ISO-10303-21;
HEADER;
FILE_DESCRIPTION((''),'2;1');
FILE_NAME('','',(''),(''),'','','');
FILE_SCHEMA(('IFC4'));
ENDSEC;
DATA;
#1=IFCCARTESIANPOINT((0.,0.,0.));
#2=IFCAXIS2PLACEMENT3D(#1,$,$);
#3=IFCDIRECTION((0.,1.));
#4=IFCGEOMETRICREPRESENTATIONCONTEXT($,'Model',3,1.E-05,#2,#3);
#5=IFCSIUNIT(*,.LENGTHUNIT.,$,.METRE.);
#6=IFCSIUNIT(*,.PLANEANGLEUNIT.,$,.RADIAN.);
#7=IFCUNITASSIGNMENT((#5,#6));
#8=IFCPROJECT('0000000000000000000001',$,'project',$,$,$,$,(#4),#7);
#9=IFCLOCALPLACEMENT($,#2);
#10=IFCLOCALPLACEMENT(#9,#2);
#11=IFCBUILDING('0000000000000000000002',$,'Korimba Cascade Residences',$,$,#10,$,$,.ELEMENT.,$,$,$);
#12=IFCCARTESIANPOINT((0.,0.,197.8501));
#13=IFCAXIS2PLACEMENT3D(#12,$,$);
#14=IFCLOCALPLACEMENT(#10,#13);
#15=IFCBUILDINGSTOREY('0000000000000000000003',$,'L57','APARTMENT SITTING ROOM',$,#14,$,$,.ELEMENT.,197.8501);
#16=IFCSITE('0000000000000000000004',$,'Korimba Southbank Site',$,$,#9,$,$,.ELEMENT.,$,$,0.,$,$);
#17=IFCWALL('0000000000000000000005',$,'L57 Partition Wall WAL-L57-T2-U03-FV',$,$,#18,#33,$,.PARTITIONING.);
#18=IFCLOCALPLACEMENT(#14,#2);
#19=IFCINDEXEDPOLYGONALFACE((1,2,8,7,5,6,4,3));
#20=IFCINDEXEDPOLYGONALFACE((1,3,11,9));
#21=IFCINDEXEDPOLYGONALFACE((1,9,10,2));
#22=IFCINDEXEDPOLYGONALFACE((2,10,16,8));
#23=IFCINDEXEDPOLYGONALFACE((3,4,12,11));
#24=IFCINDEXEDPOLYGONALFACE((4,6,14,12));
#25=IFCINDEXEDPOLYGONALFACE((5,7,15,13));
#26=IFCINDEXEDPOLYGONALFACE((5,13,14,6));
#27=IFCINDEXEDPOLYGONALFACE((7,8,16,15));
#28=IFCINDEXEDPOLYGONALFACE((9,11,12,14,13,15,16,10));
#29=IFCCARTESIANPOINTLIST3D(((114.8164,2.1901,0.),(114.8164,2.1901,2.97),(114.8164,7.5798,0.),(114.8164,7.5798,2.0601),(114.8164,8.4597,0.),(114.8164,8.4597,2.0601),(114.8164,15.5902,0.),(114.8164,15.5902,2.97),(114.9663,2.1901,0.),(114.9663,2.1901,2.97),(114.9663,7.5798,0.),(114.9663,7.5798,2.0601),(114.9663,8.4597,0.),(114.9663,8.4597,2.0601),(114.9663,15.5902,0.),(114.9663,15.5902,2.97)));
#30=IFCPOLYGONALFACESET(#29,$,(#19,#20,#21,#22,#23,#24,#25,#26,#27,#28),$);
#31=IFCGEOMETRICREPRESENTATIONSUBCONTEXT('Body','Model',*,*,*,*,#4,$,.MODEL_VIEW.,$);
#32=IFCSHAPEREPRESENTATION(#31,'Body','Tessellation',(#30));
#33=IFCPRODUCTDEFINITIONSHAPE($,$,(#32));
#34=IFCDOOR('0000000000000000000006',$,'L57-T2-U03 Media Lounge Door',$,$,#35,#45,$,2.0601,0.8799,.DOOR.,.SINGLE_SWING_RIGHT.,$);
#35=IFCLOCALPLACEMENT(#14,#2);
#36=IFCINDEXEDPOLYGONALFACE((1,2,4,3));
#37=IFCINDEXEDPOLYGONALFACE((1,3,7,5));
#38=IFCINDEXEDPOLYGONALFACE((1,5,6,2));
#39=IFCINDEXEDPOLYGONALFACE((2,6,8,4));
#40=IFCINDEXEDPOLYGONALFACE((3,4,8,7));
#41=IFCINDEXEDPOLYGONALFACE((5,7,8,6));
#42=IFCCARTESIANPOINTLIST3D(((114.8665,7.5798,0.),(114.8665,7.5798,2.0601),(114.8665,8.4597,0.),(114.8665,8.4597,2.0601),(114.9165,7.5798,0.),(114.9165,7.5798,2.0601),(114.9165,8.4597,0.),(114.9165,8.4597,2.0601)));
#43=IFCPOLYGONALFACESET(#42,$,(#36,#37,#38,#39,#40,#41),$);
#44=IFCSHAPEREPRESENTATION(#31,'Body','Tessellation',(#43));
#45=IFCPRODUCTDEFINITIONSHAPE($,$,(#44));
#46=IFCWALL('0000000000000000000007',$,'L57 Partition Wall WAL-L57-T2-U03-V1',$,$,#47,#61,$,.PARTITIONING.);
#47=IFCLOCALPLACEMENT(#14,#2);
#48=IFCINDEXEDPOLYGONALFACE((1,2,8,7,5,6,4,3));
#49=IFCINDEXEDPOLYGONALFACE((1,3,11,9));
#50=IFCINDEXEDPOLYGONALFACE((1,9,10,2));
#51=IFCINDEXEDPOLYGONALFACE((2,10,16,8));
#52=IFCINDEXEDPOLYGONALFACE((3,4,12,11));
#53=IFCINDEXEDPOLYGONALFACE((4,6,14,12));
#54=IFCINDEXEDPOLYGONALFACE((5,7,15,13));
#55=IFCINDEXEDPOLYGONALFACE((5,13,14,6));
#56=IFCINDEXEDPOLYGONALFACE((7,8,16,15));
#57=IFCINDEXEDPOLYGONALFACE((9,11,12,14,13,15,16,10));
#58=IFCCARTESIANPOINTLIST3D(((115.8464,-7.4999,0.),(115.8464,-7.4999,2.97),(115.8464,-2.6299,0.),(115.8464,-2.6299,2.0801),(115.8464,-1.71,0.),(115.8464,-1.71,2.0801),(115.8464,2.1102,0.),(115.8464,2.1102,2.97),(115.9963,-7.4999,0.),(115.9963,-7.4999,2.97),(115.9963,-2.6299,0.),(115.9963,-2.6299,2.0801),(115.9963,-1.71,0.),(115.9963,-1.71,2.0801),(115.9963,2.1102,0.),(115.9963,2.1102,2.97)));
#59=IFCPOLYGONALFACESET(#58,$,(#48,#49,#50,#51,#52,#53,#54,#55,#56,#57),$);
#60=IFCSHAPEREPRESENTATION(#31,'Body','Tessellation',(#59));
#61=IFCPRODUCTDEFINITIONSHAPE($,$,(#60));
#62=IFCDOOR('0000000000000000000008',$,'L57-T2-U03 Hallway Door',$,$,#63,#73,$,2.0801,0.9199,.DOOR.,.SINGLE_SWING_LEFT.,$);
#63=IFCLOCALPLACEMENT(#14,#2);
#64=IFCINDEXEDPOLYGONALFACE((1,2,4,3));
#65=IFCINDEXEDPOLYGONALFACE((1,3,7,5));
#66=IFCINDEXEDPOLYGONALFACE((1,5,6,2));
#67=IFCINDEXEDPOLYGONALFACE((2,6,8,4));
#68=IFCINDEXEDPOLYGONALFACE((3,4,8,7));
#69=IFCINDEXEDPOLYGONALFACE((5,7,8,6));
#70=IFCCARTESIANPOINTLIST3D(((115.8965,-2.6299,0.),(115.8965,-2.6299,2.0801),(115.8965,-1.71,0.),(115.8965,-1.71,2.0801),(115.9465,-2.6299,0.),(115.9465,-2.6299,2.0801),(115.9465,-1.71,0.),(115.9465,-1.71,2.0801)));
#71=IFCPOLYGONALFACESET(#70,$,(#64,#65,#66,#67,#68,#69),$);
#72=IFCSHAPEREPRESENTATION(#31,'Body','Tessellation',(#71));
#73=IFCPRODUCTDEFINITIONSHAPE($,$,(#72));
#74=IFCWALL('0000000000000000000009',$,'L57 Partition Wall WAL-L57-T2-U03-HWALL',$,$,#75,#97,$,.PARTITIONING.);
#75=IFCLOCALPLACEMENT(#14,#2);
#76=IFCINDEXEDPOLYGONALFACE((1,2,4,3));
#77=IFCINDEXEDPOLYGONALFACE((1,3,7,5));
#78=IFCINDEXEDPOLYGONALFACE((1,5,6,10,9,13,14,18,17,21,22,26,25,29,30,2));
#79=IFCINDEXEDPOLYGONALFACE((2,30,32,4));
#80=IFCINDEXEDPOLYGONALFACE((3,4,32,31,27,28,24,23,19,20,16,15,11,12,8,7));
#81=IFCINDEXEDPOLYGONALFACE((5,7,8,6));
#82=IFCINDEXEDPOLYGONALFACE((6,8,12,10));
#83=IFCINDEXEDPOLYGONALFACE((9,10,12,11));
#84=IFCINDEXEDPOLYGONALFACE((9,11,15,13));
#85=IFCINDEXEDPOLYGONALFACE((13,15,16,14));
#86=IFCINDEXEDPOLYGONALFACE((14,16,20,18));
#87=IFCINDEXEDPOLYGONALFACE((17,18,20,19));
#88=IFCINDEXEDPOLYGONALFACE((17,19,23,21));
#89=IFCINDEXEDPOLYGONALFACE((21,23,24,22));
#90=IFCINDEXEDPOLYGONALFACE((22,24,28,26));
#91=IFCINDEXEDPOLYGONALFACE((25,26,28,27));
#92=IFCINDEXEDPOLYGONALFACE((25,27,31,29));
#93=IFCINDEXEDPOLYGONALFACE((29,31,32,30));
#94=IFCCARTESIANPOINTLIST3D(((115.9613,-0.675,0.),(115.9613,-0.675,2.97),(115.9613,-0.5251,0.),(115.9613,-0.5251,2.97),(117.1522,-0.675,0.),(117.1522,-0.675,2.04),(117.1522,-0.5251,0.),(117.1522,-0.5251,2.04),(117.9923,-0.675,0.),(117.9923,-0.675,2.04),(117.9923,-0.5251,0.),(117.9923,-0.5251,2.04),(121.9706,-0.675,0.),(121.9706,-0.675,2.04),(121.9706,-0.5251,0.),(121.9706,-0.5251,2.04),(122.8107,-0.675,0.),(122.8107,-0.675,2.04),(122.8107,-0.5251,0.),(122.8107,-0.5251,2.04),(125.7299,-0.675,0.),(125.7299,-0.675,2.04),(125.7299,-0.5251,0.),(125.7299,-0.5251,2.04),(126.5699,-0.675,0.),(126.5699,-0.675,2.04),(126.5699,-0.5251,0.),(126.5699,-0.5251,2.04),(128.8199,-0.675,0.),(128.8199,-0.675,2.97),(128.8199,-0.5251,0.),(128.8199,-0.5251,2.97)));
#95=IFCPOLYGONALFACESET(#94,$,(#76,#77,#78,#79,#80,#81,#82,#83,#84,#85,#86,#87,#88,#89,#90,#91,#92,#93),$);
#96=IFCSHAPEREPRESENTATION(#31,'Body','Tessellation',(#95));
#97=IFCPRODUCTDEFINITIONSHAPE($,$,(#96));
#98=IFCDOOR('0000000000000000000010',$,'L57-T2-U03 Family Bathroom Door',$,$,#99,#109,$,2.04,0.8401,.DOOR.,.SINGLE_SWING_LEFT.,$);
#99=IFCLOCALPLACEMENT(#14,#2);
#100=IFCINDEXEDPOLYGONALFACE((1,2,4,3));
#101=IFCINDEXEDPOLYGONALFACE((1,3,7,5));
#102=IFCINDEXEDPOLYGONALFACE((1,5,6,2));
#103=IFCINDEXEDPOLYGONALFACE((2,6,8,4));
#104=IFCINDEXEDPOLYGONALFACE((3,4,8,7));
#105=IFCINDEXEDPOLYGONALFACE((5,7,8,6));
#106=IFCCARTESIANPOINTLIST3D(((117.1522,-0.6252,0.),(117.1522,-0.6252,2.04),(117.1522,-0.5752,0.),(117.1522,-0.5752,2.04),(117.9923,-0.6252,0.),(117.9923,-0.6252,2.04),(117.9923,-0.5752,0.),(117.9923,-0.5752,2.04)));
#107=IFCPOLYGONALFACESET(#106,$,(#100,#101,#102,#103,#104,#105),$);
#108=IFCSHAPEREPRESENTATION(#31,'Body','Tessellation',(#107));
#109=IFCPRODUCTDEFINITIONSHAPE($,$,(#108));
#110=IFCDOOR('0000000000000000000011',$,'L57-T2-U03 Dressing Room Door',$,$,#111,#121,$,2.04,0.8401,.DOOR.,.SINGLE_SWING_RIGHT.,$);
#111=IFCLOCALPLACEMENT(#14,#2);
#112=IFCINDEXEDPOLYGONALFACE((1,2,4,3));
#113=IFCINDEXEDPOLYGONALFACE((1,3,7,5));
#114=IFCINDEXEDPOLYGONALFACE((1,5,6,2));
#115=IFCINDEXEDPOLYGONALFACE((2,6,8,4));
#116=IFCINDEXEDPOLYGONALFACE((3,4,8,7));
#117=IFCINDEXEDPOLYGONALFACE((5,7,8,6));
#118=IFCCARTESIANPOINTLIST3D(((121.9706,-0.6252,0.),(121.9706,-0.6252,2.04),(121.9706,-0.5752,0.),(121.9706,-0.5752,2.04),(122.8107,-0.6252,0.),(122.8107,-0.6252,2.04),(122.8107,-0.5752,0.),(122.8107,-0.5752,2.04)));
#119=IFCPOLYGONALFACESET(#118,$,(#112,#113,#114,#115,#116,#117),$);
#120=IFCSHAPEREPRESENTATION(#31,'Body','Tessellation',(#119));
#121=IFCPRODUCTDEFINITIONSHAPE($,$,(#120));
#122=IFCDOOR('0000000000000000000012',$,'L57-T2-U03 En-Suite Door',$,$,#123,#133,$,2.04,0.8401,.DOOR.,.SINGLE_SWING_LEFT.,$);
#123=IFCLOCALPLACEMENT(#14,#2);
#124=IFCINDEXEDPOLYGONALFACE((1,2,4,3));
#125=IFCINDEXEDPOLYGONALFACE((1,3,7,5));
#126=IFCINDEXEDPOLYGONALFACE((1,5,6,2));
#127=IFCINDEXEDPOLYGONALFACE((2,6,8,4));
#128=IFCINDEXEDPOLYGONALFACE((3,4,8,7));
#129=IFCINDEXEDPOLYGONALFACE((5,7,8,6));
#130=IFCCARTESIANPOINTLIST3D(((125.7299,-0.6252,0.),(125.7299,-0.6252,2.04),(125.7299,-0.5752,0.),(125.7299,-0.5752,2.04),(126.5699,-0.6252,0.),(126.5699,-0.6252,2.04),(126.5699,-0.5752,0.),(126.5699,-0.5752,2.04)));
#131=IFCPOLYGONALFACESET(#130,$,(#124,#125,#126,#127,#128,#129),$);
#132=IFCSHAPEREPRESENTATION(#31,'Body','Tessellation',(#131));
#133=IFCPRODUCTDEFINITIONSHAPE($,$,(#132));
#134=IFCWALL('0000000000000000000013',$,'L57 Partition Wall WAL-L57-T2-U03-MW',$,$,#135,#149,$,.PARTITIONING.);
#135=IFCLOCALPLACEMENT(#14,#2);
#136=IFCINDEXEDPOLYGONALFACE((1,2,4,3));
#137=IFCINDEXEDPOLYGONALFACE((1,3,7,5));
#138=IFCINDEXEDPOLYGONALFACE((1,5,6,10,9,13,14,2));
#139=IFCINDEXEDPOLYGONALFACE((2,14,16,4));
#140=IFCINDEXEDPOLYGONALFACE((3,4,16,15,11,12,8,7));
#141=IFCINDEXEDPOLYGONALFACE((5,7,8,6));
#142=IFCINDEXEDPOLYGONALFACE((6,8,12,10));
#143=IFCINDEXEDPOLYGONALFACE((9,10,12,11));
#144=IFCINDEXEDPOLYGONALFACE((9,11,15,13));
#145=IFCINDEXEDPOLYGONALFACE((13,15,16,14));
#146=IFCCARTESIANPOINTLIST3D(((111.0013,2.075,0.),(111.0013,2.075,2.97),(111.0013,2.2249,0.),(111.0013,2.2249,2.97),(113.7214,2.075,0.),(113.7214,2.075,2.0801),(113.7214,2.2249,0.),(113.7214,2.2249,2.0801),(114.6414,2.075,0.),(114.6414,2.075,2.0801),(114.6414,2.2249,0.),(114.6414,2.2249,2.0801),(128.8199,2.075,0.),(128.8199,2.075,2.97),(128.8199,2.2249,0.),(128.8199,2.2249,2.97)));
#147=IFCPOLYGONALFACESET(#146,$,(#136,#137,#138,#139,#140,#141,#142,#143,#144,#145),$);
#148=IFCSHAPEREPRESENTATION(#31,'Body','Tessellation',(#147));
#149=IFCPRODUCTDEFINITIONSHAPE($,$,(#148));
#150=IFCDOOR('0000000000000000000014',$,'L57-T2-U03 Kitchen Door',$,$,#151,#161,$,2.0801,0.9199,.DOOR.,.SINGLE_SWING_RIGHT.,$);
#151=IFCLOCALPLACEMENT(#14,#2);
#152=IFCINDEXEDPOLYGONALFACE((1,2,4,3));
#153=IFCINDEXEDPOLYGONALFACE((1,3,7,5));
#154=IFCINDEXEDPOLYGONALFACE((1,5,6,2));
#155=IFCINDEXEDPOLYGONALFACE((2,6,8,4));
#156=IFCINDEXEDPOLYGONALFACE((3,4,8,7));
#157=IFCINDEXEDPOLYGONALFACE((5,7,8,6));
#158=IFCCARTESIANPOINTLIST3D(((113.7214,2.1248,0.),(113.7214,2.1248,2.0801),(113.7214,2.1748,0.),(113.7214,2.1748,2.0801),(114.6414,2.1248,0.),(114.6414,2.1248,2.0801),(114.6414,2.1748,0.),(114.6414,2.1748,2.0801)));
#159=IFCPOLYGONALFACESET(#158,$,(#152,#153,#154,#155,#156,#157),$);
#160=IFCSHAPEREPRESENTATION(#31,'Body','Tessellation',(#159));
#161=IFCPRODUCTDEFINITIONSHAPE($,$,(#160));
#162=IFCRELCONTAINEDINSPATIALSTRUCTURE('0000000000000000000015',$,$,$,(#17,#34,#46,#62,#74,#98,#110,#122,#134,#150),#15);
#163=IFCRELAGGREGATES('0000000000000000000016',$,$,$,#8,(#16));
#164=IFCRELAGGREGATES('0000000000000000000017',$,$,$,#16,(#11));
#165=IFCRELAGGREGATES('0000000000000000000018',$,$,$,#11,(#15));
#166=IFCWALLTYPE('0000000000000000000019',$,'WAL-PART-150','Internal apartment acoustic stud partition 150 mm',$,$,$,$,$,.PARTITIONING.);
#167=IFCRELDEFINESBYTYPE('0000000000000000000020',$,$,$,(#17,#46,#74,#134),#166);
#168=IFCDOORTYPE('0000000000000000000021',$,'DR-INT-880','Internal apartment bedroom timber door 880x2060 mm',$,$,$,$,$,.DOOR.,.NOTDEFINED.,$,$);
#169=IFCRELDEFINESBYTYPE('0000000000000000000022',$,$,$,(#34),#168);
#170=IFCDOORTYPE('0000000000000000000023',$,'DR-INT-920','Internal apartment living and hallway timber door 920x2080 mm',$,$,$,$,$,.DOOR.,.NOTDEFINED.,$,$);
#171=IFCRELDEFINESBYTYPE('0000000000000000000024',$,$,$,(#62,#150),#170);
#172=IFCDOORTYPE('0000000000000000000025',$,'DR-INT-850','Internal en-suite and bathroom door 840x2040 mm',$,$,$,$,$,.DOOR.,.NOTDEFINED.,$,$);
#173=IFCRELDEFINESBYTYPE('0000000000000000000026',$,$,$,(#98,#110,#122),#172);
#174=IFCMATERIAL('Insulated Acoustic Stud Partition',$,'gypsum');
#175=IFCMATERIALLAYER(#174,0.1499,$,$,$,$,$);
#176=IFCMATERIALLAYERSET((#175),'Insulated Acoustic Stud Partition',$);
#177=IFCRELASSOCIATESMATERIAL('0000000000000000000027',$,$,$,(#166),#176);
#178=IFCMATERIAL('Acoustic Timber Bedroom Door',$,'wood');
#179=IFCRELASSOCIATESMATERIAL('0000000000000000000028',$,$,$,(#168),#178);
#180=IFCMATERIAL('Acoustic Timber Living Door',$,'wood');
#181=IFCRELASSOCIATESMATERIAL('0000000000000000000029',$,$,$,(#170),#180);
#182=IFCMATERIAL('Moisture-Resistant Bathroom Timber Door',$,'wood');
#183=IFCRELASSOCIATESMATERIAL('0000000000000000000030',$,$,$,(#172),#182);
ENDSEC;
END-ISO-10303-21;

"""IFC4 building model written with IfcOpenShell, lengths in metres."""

from ifc_helpers import new_model, si_unit, direction, frame, frame_2d, origin, place, context, subcontext, project, spatial, rectangle, extrude, material, layer, layer_set, type_object, element, fill, save


model = new_model("IFC4")

# Units and contexts
model_context = context("Model", 3, precision=1e-05, world=origin(), true_north=direction((0.0, 1.0)))
body_context = subcontext(model_context, "Body", "Model", "MODEL_VIEW")
ifc_project = project(units=[si_unit("LENGTHUNIT", "METRE"), si_unit("PLANEANGLEUNIT", "RADIAN")], contexts=[model_context])

# Site, building, storey
site_placement = place(None, origin())
site = spatial("IfcSite", under=ifc_project, at=site_placement, Name="Korimba Southbank Site", CompositionType="ELEMENT", RefElevation=0.0)
building_placement = place(site_placement, origin())
building = spatial("IfcBuilding", under=site, at=building_placement, Name="Korimba Cascade Residences", CompositionType="ELEMENT")
storey_placement = place(building_placement, frame((0.0, 0.0, 197.8501)))
storey = spatial("IfcBuildingStorey", under=building, at=storey_placement, Name="L57", Description="APARTMENT SITTING ROOM", CompositionType="ELEMENT", Elevation=197.8501)

# Walls, openings, doors
ifc_material_1 = material(Name="Insulated Acoustic Stud Partition", Category="gypsum")
ifc_layer_1 = layer(ifc_material_1, 0.1499)
ifc_layer_set_1 = layer_set([ifc_layer_1], Name="Insulated Acoustic Stud Partition")
wall_type_1 = type_object("IfcWallType", Name="WAL-PART-150", Description="Internal apartment acoustic stud partition 150 mm", PredefinedType="PARTITIONING", material=ifc_layer_set_1)
wall_1_placement = place(storey_placement, frame((114.8914, 2.1899, 0.0), z_axis=(0.0, 0.0, 1.0), x_axis=(0.0, 1.0, 0.0)))
wall_1 = element("IfcWall", 1, at=wall_1_placement, inside=storey, type_object=wall_type_1, Name="L57 Partition Wall WAL-L57-T2-U03-FV", PredefinedType="PARTITIONING", context=body_context, shape_type="SweptSolid", body=[
    extrude(rectangle(XDim=13.4001, YDim=0.1499, at=frame_2d((6.7002, 0.0))), origin(), (0.0, 0.0, 1.0), 2.97),
])
opening_1_placement = place(wall_1_placement, frame((5.3899, 0.0, 0.0)))
opening_1 = element("IfcOpeningElement", 2, at=opening_1_placement, cuts=wall_1, PredefinedType="OPENING", context=body_context, shape_type="SweptSolid", body=[
    extrude(rectangle(XDim=0.8799, YDim=2.0601, at=frame_2d((0.4399, 1.03))), frame((0.0, 0.085, 0.0), z_axis=(0.0, -1.0, 0.0), x_axis=(1.0, 0.0, 0.0)), (0.0, 0.0, 1.0), 0.1699),
])
ifc_material_2 = material(Name="Acoustic Timber Bedroom Door", Category="wood")
door_type_1 = type_object("IfcDoorType", Name="DR-INT-880", Description="Internal apartment bedroom timber door 880x2060 mm", OperationType="NOTDEFINED", PredefinedType="DOOR", material=ifc_material_2)
door_1_placement = place(opening_1_placement, origin())
door_1 = element("IfcDoor", 3, at=door_1_placement, inside=storey, type_object=door_type_1, Name="L57-T2-U03 Media Lounge Door", OperationType="SINGLE_SWING_RIGHT", OverallHeight=2.0601, OverallWidth=0.8799, PredefinedType="DOOR", context=body_context, shape_type="SweptSolid", body=[
    extrude(rectangle(XDim=0.8799, YDim=2.0601, at=frame_2d((0.4399, 1.03))), frame((0.0, 0.0249, 0.0), z_axis=(0.0, -1.0, 0.0), x_axis=(1.0, 0.0, 0.0)), (0.0, 0.0, 1.0), 0.05),
])
fill(opening_1, door_1)
wall_2_placement = place(storey_placement, frame((115.9214, -7.5, 0.0), z_axis=(0.0, 0.0, 1.0), x_axis=(0.0, 1.0, 0.0)))
wall_2 = element("IfcWall", 4, at=wall_2_placement, inside=storey, type_object=wall_type_1, Name="L57 Partition Wall WAL-L57-T2-U03-V1", PredefinedType="PARTITIONING", context=body_context, shape_type="SweptSolid", body=[
    extrude(rectangle(XDim=9.6101, YDim=0.1499, at=frame_2d((4.8052, 0.0))), origin(), (0.0, 0.0, 1.0), 2.97),
])
opening_2_placement = place(wall_2_placement, frame((4.8701, 0.0, 0.0)))
opening_2 = element("IfcOpeningElement", 5, at=opening_2_placement, cuts=wall_2, PredefinedType="OPENING", context=body_context, shape_type="SweptSolid", body=[
    extrude(rectangle(XDim=0.9199, YDim=2.0801, at=frame_2d((0.46, 1.04))), frame((0.0, 0.085, 0.0), z_axis=(0.0, -1.0, 0.0), x_axis=(1.0, 0.0, 0.0)), (0.0, 0.0, 1.0), 0.1699),
])
ifc_material_3 = material(Name="Acoustic Timber Living Door", Category="wood")
door_type_2 = type_object("IfcDoorType", Name="DR-INT-920", Description="Internal apartment living and hallway timber door 920x2080 mm", OperationType="NOTDEFINED", PredefinedType="DOOR", material=ifc_material_3)
door_2_placement = place(opening_2_placement, origin())
door_2 = element("IfcDoor", 6, at=door_2_placement, inside=storey, type_object=door_type_2, Name="L57-T2-U03 Hallway Door", OperationType="SINGLE_SWING_LEFT", OverallHeight=2.0801, OverallWidth=0.9199, PredefinedType="DOOR", context=body_context, shape_type="SweptSolid", body=[
    extrude(rectangle(XDim=0.9199, YDim=2.0801, at=frame_2d((0.46, 1.04))), frame((0.0, 0.0249, 0.0), z_axis=(0.0, -1.0, 0.0), x_axis=(1.0, 0.0, 0.0)), (0.0, 0.0, 1.0), 0.05),
])
fill(opening_2, door_2)

# Wall, openings, doors
wall_3_placement = place(storey_placement, frame((115.9614, -0.6001, 0.0), z_axis=(0.0, 0.0, 1.0), x_axis=(1.0, 0.0, 0.0)))
wall_3 = element("IfcWall", 7, at=wall_3_placement, inside=storey, type_object=wall_type_1, Name="L57 Partition Wall WAL-L57-T2-U03-HWALL", PredefinedType="PARTITIONING", context=body_context, shape_type="SweptSolid", body=[
    extrude(rectangle(XDim=12.8586, YDim=0.1499, at=frame_2d((6.4292, 0.0))), origin(), (0.0, 0.0, 1.0), 2.97),
])
opening_3_placement = place(wall_3_placement, frame((1.1909, 0.0, 0.0)))
opening_3 = element("IfcOpeningElement", 8, at=opening_3_placement, cuts=wall_3, PredefinedType="OPENING", context=body_context, shape_type="SweptSolid", body=[
    extrude(rectangle(XDim=0.8401, YDim=2.04, at=frame_2d((0.4199, 1.02))), frame((0.0, 0.085, 0.0), z_axis=(0.0, -1.0, 0.0), x_axis=(1.0, 0.0, 0.0)), (0.0, 0.0, 1.0), 0.1699),
])
opening_4_placement = place(wall_3_placement, frame((6.0093, 0.0, 0.0)))
opening_4 = element("IfcOpeningElement", 9, at=opening_4_placement, cuts=wall_3, PredefinedType="OPENING", context=body_context, shape_type="SweptSolid", body=[
    extrude(rectangle(XDim=0.8401, YDim=2.04, at=frame_2d((0.4199, 1.02))), frame((0.0, 0.085, 0.0), z_axis=(0.0, -1.0, 0.0), x_axis=(1.0, 0.0, 0.0)), (0.0, 0.0, 1.0), 0.1699),
])
opening_5_placement = place(wall_3_placement, frame((9.7686, 0.0, 0.0)))
opening_5 = element("IfcOpeningElement", 10, at=opening_5_placement, cuts=wall_3, PredefinedType="OPENING", context=body_context, shape_type="SweptSolid", body=[
    extrude(rectangle(XDim=0.8401, YDim=2.04, at=frame_2d((0.4199, 1.02))), frame((0.0, 0.085, 0.0), z_axis=(0.0, -1.0, 0.0), x_axis=(1.0, 0.0, 0.0)), (0.0, 0.0, 1.0), 0.1699),
])
ifc_material_4 = material(Name="Moisture-Resistant Bathroom Timber Door", Category="wood")
door_type_3 = type_object("IfcDoorType", Name="DR-INT-850", Description="Internal en-suite and bathroom door 840x2040 mm", OperationType="NOTDEFINED", PredefinedType="DOOR", material=ifc_material_4)
door_3_placement = place(opening_3_placement, origin())
door_3 = element("IfcDoor", 11, at=door_3_placement, inside=storey, type_object=door_type_3, Name="L57-T2-U03 Family Bathroom Door", OperationType="SINGLE_SWING_LEFT", OverallHeight=2.04, OverallWidth=0.8401, PredefinedType="DOOR", context=body_context, shape_type="SweptSolid", body=[
    extrude(rectangle(XDim=0.8401, YDim=2.04, at=frame_2d((0.4199, 1.02))), frame((0.0, 0.0249, 0.0), z_axis=(0.0, -1.0, 0.0), x_axis=(1.0, 0.0, 0.0)), (0.0, 0.0, 1.0), 0.05),
])
fill(opening_3, door_3)
door_4_placement = place(opening_4_placement, origin())
door_4 = element("IfcDoor", 12, at=door_4_placement, inside=storey, type_object=door_type_3, Name="L57-T2-U03 Dressing Room Door", OperationType="SINGLE_SWING_RIGHT", OverallHeight=2.04, OverallWidth=0.8401, PredefinedType="DOOR", context=body_context, shape_type="SweptSolid", body=[
    extrude(rectangle(XDim=0.8401, YDim=2.04, at=frame_2d((0.4199, 1.02))), frame((0.0, 0.0249, 0.0), z_axis=(0.0, -1.0, 0.0), x_axis=(1.0, 0.0, 0.0)), (0.0, 0.0, 1.0), 0.05),
])
fill(opening_4, door_4)
door_5_placement = place(opening_5_placement, origin())
door_5 = element("IfcDoor", 13, at=door_5_placement, inside=storey, type_object=door_type_3, Name="L57-T2-U03 En-Suite Door", OperationType="SINGLE_SWING_LEFT", OverallHeight=2.04, OverallWidth=0.8401, PredefinedType="DOOR", context=body_context, shape_type="SweptSolid", body=[
    extrude(rectangle(XDim=0.8401, YDim=2.04, at=frame_2d((0.4199, 1.02))), frame((0.0, 0.0249, 0.0), z_axis=(0.0, -1.0, 0.0), x_axis=(1.0, 0.0, 0.0)), (0.0, 0.0, 1.0), 0.05),
])
fill(opening_5, door_5)

# Wall, opening, door
wall_4_placement = place(storey_placement, frame((111.0015, 2.1499, 0.0), z_axis=(0.0, 0.0, 1.0), x_axis=(1.0, 0.0, 0.0)))
wall_4 = element("IfcWall", 14, at=wall_4_placement, inside=storey, type_object=wall_type_1, Name="L57 Partition Wall WAL-L57-T2-U03-MW", PredefinedType="PARTITIONING", context=body_context, shape_type="SweptSolid", body=[
    extrude(rectangle(XDim=17.8186, YDim=0.1499, at=frame_2d((8.9092, 0.0))), origin(), (0.0, 0.0, 1.0), 2.97),
])
opening_6_placement = place(wall_4_placement, frame((2.72, 0.0, 0.0)))
opening_6 = element("IfcOpeningElement", 15, at=opening_6_placement, cuts=wall_4, PredefinedType="OPENING", context=body_context, shape_type="SweptSolid", body=[
    extrude(rectangle(XDim=0.9199, YDim=2.0801, at=frame_2d((0.46, 1.04))), frame((0.0, 0.085, 0.0), z_axis=(0.0, -1.0, 0.0), x_axis=(1.0, 0.0, 0.0)), (0.0, 0.0, 1.0), 0.1699),
])
door_6_placement = place(opening_6_placement, origin())
door_6 = element("IfcDoor", 16, at=door_6_placement, inside=storey, type_object=door_type_2, Name="L57-T2-U03 Kitchen Door", OperationType="SINGLE_SWING_RIGHT", OverallHeight=2.0801, OverallWidth=0.9199, PredefinedType="DOOR", context=body_context, shape_type="SweptSolid", body=[
    extrude(rectangle(XDim=0.9199, YDim=2.0801, at=frame_2d((0.46, 1.04))), frame((0.0, 0.0249, 0.0), z_axis=(0.0, -1.0, 0.0), x_axis=(1.0, 0.0, 0.0)), (0.0, 0.0, 1.0), 0.05),
])
fill(opening_6, door_6)

save(model, "model.ifc")
